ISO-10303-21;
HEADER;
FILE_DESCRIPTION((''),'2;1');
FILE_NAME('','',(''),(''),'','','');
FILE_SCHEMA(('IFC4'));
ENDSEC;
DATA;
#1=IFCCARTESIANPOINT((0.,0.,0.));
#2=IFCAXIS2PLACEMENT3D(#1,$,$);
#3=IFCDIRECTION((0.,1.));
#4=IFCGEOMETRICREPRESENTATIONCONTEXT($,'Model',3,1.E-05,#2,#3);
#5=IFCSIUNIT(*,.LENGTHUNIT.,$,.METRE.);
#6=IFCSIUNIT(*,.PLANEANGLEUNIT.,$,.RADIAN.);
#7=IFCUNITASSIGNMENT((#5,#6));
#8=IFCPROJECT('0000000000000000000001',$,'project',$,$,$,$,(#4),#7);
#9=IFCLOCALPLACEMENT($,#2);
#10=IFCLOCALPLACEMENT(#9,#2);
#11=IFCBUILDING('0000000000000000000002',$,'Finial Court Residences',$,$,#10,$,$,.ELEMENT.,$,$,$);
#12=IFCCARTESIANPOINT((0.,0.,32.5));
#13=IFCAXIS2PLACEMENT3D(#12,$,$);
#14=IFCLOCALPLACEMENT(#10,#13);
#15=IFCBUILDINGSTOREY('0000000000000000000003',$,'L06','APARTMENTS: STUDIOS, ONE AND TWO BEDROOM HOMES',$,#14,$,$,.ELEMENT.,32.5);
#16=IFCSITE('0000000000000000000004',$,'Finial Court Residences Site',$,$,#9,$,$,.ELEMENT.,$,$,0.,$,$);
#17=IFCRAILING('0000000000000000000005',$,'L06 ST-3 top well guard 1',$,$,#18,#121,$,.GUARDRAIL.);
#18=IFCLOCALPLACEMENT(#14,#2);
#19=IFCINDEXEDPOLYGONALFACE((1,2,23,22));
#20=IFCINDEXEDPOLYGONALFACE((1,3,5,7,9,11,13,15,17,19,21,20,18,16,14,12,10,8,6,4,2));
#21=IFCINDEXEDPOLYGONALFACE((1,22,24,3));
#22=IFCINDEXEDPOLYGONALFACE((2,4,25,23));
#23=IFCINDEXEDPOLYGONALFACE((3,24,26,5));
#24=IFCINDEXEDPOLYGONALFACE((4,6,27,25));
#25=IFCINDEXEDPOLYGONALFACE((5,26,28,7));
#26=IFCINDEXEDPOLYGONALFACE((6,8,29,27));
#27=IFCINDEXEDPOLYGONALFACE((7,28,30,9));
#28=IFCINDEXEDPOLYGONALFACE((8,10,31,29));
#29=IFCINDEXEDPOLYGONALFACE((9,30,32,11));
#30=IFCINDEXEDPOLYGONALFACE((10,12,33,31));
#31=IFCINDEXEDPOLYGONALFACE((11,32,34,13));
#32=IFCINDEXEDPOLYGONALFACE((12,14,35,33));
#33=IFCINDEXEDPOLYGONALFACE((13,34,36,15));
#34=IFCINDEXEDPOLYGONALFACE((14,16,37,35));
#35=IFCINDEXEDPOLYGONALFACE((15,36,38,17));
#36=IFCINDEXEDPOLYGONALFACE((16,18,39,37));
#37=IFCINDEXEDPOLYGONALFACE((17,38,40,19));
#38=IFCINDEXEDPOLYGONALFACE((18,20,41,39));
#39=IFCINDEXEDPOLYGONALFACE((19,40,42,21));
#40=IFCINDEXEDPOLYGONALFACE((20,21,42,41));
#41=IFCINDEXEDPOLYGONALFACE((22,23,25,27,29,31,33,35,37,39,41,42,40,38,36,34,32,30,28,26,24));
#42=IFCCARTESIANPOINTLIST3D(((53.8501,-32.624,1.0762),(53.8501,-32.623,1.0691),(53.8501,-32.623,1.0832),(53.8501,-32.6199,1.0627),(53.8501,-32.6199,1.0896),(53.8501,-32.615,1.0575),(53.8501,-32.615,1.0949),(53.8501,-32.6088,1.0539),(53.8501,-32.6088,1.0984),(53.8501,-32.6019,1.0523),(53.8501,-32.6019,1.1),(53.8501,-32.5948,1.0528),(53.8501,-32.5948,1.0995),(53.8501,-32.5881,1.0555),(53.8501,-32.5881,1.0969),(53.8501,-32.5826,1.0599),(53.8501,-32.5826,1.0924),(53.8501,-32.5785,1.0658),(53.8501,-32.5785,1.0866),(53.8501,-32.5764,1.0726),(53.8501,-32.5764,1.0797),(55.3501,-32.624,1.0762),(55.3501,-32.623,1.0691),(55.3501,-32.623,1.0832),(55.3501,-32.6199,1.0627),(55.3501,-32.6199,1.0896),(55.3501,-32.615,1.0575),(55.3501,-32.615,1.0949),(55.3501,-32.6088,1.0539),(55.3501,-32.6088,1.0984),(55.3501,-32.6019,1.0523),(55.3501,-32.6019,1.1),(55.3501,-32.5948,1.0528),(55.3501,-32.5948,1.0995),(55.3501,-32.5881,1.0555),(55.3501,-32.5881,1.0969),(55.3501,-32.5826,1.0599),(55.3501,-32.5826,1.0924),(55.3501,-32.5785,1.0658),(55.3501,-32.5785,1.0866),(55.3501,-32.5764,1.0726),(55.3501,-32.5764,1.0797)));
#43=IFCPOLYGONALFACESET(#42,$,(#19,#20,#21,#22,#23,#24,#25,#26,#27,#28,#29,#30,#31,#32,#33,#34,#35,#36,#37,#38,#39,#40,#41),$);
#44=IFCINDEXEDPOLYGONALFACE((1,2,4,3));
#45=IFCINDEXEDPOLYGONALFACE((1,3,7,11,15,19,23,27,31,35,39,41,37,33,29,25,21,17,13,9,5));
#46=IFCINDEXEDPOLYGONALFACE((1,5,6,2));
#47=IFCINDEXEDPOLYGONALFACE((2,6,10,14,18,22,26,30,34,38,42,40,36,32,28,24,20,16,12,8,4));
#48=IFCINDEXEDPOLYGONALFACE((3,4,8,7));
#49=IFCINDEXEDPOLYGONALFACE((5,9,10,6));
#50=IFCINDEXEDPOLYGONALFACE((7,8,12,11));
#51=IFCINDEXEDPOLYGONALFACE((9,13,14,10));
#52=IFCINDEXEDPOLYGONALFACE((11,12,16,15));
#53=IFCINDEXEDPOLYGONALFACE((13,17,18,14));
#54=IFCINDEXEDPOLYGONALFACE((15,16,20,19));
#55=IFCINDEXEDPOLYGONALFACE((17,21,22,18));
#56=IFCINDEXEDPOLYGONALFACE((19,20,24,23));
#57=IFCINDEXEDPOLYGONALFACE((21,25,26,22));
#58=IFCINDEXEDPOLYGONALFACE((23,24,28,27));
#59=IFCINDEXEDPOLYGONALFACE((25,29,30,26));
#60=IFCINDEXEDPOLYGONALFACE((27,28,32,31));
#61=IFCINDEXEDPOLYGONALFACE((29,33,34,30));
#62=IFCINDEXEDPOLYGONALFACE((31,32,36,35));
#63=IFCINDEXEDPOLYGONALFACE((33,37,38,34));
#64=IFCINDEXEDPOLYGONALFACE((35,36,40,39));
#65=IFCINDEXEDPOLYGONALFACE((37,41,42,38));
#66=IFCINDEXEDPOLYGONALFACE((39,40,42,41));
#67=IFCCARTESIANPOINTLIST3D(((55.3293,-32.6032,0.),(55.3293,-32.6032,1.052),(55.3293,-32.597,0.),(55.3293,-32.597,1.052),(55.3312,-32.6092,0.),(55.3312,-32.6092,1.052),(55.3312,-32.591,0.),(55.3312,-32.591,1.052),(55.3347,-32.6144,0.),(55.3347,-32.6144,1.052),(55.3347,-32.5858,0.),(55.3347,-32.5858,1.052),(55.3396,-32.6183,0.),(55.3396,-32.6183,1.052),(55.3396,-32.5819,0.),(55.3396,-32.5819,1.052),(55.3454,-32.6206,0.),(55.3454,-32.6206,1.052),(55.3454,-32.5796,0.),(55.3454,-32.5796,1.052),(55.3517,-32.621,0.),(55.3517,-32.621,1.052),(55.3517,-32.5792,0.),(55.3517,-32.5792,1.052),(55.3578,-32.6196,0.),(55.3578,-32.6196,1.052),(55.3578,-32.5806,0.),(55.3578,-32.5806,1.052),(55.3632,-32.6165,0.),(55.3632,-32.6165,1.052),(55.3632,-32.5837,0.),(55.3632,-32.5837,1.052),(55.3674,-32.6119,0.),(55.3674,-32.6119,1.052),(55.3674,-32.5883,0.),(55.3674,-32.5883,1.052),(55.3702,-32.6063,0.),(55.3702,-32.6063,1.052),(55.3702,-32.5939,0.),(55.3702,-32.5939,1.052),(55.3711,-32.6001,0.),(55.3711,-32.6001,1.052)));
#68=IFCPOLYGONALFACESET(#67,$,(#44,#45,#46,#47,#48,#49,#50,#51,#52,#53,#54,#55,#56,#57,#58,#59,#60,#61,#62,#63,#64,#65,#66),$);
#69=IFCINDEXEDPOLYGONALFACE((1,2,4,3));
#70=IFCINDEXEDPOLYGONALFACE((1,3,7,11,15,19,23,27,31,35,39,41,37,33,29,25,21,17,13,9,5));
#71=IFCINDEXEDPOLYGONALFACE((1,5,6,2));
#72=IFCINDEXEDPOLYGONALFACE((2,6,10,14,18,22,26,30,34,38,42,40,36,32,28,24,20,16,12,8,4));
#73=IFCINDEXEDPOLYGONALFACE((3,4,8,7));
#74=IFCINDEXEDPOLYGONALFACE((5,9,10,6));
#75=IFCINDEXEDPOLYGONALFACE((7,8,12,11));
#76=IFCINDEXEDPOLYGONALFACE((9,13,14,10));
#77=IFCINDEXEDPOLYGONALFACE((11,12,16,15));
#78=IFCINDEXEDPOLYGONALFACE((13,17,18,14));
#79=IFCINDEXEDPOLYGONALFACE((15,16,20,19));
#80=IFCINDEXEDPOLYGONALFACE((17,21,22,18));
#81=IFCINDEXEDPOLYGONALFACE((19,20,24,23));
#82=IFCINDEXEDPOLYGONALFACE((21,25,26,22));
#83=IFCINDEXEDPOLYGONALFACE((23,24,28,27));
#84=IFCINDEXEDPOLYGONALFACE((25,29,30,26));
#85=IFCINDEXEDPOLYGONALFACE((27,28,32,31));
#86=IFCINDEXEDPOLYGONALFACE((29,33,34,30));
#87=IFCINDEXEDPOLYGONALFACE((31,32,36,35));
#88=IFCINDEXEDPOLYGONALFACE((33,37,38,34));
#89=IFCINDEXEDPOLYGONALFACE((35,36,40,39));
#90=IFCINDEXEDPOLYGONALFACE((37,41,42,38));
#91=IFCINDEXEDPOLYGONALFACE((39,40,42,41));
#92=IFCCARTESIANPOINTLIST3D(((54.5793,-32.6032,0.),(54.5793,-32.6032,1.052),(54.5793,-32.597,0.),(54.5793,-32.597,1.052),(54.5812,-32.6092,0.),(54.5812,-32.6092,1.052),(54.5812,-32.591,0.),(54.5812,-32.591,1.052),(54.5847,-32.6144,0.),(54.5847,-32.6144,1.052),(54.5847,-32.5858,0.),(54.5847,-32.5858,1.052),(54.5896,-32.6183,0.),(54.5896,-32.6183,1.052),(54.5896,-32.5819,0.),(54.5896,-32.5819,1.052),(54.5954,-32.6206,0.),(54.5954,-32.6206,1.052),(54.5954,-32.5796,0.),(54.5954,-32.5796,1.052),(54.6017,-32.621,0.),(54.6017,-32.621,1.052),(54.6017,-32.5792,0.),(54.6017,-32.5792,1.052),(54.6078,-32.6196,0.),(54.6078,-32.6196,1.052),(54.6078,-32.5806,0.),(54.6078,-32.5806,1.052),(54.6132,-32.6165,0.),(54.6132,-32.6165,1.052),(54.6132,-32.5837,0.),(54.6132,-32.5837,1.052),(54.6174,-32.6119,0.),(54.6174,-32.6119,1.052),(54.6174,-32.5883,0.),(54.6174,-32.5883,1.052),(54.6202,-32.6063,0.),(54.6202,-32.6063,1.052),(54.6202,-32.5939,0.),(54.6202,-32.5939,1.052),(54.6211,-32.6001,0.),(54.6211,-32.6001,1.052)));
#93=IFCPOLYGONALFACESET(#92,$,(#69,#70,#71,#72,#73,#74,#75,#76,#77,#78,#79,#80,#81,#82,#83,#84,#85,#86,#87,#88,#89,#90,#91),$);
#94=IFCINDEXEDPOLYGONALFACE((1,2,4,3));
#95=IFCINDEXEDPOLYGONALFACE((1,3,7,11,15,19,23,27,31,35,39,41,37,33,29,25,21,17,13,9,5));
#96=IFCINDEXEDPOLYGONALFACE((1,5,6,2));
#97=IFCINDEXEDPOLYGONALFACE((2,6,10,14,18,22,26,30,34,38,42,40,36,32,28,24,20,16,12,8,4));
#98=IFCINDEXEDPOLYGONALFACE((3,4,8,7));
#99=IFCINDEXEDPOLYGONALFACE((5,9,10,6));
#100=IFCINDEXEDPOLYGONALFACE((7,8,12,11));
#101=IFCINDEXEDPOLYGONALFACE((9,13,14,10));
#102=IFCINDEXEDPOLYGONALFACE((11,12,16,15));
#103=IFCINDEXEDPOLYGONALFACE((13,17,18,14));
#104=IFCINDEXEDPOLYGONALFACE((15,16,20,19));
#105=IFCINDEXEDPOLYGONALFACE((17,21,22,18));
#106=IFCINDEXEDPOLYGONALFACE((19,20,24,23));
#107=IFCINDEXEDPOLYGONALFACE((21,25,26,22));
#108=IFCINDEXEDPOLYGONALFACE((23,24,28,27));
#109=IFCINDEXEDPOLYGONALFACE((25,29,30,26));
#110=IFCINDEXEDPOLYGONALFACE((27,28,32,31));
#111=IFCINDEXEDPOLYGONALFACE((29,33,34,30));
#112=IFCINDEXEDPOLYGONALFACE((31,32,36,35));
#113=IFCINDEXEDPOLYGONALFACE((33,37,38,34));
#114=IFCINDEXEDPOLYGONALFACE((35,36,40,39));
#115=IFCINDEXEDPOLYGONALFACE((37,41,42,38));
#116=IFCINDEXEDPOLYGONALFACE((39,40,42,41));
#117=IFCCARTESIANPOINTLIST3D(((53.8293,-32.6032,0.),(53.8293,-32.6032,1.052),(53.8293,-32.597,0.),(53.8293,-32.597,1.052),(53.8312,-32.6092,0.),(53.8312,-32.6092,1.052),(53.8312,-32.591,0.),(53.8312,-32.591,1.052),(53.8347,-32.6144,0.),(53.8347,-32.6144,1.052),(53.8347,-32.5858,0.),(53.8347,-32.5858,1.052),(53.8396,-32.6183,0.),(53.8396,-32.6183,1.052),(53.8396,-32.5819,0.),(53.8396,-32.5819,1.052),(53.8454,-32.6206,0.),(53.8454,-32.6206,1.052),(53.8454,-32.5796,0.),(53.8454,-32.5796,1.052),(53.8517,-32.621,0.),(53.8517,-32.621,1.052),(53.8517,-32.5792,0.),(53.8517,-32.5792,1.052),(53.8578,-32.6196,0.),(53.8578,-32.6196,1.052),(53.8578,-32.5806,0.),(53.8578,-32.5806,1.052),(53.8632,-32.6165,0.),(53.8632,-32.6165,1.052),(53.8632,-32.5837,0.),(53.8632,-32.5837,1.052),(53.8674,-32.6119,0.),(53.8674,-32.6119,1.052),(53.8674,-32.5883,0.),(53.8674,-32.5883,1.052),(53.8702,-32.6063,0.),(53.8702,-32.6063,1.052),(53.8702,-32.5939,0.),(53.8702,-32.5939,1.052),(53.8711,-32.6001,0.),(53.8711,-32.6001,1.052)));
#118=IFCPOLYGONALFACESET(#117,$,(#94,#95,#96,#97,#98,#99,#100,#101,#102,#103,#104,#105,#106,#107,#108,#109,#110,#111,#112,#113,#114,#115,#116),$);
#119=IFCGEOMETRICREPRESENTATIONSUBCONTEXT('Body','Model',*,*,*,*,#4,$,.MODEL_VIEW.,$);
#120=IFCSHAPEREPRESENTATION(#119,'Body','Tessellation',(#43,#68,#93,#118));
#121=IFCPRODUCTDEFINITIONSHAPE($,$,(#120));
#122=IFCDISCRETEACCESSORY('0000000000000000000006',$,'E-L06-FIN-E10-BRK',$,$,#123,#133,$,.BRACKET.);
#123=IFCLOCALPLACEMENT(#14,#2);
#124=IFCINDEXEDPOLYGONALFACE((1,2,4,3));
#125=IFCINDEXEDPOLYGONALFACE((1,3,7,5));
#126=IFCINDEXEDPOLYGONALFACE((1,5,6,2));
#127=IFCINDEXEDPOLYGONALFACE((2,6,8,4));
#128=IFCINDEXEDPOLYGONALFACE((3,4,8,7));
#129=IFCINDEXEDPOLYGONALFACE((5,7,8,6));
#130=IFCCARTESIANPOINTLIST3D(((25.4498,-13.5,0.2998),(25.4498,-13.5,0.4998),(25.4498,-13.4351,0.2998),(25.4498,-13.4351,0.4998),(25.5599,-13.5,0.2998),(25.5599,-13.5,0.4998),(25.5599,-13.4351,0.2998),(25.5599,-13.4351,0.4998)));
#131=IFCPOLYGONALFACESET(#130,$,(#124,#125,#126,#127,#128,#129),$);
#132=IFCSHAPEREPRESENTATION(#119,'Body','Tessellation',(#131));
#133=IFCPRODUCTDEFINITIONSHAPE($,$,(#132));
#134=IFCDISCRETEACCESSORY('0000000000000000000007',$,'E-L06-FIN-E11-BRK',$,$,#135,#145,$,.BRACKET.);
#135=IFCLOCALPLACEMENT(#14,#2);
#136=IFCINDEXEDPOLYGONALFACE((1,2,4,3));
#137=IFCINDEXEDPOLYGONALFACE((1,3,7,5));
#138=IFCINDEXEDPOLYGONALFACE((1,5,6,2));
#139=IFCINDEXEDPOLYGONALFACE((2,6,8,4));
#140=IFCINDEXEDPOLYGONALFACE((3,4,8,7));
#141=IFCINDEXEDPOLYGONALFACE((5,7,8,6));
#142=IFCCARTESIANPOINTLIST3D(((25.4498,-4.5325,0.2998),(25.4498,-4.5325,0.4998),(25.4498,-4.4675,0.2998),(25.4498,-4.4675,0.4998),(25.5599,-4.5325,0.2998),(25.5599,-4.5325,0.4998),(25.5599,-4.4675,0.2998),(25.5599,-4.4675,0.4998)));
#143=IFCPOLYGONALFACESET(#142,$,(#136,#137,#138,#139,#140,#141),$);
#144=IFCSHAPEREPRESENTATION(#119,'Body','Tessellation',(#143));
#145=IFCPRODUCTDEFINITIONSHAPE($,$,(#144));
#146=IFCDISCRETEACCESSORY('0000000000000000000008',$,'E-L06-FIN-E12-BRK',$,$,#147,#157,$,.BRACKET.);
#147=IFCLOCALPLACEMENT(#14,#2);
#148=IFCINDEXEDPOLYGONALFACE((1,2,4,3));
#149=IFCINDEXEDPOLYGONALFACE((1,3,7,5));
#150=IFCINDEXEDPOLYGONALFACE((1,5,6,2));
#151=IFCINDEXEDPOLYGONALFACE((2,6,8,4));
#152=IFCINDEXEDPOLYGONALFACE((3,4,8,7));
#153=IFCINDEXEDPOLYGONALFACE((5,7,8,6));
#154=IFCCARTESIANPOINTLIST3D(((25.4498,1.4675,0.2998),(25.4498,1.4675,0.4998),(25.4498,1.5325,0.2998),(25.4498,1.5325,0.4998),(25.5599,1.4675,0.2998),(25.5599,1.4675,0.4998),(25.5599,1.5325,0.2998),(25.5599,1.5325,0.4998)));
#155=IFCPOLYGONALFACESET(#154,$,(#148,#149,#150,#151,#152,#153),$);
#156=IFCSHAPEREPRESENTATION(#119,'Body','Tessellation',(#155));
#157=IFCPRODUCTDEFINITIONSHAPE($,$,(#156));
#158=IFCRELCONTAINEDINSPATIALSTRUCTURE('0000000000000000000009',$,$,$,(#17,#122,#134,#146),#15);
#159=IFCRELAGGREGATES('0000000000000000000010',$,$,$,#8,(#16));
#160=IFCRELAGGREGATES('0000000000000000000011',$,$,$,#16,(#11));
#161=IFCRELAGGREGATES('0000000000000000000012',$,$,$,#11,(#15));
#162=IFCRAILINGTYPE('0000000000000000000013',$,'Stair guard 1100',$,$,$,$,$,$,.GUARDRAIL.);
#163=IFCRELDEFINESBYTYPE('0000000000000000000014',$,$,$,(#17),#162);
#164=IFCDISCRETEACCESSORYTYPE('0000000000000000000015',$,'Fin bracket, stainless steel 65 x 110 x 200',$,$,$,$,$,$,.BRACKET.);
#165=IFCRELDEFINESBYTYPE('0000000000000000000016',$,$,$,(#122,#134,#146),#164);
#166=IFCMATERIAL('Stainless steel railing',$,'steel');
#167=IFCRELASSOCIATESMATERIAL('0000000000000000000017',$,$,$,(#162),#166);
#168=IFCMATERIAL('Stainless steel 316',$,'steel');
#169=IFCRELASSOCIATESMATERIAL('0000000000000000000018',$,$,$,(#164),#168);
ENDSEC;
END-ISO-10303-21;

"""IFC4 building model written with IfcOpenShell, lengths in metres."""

from ifc_helpers import new_model, si_unit, direction, frame, origin, origin_2d, place, context, subcontext, project, spatial, rectangle, circle, extrude, material, type_object, element, save


model = new_model("IFC4")

# Units and contexts
model_context = context("Model", 3, precision=1e-05, world=origin(), true_north=direction((0.0, 1.0)))
body_context = subcontext(model_context, "Body", "Model", "MODEL_VIEW")
ifc_project = project(units=[si_unit("LENGTHUNIT", "METRE"), si_unit("PLANEANGLEUNIT", "RADIAN")], contexts=[model_context])

# Site, building, storey
site_placement = place(None, origin())
site = spatial("IfcSite", under=ifc_project, at=site_placement, Name="Finial Court Residences Site", CompositionType="ELEMENT", RefElevation=0.0)
building_placement = place(site_placement, origin())
building = spatial("IfcBuilding", under=site, at=building_placement, Name="Finial Court Residences", CompositionType="ELEMENT")
storey_placement = place(building_placement, frame((0.0, 0.0, 32.5)))
storey = spatial("IfcBuildingStorey", under=building, at=storey_placement, Name="L06", Description="APARTMENTS: STUDIOS, ONE AND TWO BEDROOM HOMES", CompositionType="ELEMENT", Elevation=32.5)

# Railing
ifc_material_1 = material(Name="Stainless steel railing", Category="steel")
railing_type_1 = type_object("IfcRailingType", Name="Stair guard 1100", PredefinedType="GUARDRAIL", material=ifc_material_1)
railing_1_placement = place(storey_placement, frame((55.3501, -32.6001, 0.0)))
element("IfcRailing", 1, at=railing_1_placement, inside=storey, type_object=railing_type_1, Name="L06 ST-3 top well guard 1", PredefinedType="GUARDRAIL", context=body_context, shape_type="SweptSolid", body=[
    extrude(circle(Radius=0.0239, at=origin_2d()), frame((0.0, 0.0, 1.0762), z_axis=(-1.0, 0.0, 0.0), x_axis=(0.0, -1.0, 0.0)), (0.0, 0.0, 1.0), 1.5),
    extrude(circle(Radius=0.021, at=origin_2d()), origin(), (0.0, 0.0, 1.0), 1.052),
    extrude(circle(Radius=0.021, at=origin_2d()), frame((-0.75, 0.0, 0.0)), (0.0, 0.0, 1.0), 1.052),
    extrude(circle(Radius=0.021, at=origin_2d()), frame((-1.5, 0.0, 0.0)), (0.0, 0.0, 1.0), 1.052),
])

# Discrete accessories
ifc_material_2 = material(Name="Stainless steel 316", Category="steel")
discrete_accessory_type = type_object("IfcDiscreteAccessoryType", Name="Fin bracket, stainless steel 65 x 110 x 200", PredefinedType="BRACKET", material=ifc_material_2)
for number, where, z_axis, x_axis, name in (
    (2, (25.5049, -13.4675, 0.2998), (0.0, 0.0, 1.0), (1.0, 0.0, 0.0), "E-L06-FIN-E10-BRK"),
    (3, (25.5049, -4.5, 0.2998), (0.0, 0.0, 1.0), (1.0, 0.0, 0.0), "E-L06-FIN-E11-BRK"),
    (4, (25.5049, 1.5, 0.2998), (0.0, 0.0, 1.0), (1.0, 0.0, 0.0), "E-L06-FIN-E12-BRK"),
):
    element("IfcDiscreteAccessory", number, at=place(storey_placement, frame(where, z_axis=z_axis, x_axis=x_axis)), inside=storey, type_object=discrete_accessory_type, Name=name, PredefinedType="BRACKET", context=body_context, shape_type="SweptSolid", body=[
        extrude(rectangle(XDim=0.1101, YDim=0.0649, at=origin_2d()), origin(), (0.0, 0.0, 1.0), 0.2),
    ])

save(model, "model.ifc")
